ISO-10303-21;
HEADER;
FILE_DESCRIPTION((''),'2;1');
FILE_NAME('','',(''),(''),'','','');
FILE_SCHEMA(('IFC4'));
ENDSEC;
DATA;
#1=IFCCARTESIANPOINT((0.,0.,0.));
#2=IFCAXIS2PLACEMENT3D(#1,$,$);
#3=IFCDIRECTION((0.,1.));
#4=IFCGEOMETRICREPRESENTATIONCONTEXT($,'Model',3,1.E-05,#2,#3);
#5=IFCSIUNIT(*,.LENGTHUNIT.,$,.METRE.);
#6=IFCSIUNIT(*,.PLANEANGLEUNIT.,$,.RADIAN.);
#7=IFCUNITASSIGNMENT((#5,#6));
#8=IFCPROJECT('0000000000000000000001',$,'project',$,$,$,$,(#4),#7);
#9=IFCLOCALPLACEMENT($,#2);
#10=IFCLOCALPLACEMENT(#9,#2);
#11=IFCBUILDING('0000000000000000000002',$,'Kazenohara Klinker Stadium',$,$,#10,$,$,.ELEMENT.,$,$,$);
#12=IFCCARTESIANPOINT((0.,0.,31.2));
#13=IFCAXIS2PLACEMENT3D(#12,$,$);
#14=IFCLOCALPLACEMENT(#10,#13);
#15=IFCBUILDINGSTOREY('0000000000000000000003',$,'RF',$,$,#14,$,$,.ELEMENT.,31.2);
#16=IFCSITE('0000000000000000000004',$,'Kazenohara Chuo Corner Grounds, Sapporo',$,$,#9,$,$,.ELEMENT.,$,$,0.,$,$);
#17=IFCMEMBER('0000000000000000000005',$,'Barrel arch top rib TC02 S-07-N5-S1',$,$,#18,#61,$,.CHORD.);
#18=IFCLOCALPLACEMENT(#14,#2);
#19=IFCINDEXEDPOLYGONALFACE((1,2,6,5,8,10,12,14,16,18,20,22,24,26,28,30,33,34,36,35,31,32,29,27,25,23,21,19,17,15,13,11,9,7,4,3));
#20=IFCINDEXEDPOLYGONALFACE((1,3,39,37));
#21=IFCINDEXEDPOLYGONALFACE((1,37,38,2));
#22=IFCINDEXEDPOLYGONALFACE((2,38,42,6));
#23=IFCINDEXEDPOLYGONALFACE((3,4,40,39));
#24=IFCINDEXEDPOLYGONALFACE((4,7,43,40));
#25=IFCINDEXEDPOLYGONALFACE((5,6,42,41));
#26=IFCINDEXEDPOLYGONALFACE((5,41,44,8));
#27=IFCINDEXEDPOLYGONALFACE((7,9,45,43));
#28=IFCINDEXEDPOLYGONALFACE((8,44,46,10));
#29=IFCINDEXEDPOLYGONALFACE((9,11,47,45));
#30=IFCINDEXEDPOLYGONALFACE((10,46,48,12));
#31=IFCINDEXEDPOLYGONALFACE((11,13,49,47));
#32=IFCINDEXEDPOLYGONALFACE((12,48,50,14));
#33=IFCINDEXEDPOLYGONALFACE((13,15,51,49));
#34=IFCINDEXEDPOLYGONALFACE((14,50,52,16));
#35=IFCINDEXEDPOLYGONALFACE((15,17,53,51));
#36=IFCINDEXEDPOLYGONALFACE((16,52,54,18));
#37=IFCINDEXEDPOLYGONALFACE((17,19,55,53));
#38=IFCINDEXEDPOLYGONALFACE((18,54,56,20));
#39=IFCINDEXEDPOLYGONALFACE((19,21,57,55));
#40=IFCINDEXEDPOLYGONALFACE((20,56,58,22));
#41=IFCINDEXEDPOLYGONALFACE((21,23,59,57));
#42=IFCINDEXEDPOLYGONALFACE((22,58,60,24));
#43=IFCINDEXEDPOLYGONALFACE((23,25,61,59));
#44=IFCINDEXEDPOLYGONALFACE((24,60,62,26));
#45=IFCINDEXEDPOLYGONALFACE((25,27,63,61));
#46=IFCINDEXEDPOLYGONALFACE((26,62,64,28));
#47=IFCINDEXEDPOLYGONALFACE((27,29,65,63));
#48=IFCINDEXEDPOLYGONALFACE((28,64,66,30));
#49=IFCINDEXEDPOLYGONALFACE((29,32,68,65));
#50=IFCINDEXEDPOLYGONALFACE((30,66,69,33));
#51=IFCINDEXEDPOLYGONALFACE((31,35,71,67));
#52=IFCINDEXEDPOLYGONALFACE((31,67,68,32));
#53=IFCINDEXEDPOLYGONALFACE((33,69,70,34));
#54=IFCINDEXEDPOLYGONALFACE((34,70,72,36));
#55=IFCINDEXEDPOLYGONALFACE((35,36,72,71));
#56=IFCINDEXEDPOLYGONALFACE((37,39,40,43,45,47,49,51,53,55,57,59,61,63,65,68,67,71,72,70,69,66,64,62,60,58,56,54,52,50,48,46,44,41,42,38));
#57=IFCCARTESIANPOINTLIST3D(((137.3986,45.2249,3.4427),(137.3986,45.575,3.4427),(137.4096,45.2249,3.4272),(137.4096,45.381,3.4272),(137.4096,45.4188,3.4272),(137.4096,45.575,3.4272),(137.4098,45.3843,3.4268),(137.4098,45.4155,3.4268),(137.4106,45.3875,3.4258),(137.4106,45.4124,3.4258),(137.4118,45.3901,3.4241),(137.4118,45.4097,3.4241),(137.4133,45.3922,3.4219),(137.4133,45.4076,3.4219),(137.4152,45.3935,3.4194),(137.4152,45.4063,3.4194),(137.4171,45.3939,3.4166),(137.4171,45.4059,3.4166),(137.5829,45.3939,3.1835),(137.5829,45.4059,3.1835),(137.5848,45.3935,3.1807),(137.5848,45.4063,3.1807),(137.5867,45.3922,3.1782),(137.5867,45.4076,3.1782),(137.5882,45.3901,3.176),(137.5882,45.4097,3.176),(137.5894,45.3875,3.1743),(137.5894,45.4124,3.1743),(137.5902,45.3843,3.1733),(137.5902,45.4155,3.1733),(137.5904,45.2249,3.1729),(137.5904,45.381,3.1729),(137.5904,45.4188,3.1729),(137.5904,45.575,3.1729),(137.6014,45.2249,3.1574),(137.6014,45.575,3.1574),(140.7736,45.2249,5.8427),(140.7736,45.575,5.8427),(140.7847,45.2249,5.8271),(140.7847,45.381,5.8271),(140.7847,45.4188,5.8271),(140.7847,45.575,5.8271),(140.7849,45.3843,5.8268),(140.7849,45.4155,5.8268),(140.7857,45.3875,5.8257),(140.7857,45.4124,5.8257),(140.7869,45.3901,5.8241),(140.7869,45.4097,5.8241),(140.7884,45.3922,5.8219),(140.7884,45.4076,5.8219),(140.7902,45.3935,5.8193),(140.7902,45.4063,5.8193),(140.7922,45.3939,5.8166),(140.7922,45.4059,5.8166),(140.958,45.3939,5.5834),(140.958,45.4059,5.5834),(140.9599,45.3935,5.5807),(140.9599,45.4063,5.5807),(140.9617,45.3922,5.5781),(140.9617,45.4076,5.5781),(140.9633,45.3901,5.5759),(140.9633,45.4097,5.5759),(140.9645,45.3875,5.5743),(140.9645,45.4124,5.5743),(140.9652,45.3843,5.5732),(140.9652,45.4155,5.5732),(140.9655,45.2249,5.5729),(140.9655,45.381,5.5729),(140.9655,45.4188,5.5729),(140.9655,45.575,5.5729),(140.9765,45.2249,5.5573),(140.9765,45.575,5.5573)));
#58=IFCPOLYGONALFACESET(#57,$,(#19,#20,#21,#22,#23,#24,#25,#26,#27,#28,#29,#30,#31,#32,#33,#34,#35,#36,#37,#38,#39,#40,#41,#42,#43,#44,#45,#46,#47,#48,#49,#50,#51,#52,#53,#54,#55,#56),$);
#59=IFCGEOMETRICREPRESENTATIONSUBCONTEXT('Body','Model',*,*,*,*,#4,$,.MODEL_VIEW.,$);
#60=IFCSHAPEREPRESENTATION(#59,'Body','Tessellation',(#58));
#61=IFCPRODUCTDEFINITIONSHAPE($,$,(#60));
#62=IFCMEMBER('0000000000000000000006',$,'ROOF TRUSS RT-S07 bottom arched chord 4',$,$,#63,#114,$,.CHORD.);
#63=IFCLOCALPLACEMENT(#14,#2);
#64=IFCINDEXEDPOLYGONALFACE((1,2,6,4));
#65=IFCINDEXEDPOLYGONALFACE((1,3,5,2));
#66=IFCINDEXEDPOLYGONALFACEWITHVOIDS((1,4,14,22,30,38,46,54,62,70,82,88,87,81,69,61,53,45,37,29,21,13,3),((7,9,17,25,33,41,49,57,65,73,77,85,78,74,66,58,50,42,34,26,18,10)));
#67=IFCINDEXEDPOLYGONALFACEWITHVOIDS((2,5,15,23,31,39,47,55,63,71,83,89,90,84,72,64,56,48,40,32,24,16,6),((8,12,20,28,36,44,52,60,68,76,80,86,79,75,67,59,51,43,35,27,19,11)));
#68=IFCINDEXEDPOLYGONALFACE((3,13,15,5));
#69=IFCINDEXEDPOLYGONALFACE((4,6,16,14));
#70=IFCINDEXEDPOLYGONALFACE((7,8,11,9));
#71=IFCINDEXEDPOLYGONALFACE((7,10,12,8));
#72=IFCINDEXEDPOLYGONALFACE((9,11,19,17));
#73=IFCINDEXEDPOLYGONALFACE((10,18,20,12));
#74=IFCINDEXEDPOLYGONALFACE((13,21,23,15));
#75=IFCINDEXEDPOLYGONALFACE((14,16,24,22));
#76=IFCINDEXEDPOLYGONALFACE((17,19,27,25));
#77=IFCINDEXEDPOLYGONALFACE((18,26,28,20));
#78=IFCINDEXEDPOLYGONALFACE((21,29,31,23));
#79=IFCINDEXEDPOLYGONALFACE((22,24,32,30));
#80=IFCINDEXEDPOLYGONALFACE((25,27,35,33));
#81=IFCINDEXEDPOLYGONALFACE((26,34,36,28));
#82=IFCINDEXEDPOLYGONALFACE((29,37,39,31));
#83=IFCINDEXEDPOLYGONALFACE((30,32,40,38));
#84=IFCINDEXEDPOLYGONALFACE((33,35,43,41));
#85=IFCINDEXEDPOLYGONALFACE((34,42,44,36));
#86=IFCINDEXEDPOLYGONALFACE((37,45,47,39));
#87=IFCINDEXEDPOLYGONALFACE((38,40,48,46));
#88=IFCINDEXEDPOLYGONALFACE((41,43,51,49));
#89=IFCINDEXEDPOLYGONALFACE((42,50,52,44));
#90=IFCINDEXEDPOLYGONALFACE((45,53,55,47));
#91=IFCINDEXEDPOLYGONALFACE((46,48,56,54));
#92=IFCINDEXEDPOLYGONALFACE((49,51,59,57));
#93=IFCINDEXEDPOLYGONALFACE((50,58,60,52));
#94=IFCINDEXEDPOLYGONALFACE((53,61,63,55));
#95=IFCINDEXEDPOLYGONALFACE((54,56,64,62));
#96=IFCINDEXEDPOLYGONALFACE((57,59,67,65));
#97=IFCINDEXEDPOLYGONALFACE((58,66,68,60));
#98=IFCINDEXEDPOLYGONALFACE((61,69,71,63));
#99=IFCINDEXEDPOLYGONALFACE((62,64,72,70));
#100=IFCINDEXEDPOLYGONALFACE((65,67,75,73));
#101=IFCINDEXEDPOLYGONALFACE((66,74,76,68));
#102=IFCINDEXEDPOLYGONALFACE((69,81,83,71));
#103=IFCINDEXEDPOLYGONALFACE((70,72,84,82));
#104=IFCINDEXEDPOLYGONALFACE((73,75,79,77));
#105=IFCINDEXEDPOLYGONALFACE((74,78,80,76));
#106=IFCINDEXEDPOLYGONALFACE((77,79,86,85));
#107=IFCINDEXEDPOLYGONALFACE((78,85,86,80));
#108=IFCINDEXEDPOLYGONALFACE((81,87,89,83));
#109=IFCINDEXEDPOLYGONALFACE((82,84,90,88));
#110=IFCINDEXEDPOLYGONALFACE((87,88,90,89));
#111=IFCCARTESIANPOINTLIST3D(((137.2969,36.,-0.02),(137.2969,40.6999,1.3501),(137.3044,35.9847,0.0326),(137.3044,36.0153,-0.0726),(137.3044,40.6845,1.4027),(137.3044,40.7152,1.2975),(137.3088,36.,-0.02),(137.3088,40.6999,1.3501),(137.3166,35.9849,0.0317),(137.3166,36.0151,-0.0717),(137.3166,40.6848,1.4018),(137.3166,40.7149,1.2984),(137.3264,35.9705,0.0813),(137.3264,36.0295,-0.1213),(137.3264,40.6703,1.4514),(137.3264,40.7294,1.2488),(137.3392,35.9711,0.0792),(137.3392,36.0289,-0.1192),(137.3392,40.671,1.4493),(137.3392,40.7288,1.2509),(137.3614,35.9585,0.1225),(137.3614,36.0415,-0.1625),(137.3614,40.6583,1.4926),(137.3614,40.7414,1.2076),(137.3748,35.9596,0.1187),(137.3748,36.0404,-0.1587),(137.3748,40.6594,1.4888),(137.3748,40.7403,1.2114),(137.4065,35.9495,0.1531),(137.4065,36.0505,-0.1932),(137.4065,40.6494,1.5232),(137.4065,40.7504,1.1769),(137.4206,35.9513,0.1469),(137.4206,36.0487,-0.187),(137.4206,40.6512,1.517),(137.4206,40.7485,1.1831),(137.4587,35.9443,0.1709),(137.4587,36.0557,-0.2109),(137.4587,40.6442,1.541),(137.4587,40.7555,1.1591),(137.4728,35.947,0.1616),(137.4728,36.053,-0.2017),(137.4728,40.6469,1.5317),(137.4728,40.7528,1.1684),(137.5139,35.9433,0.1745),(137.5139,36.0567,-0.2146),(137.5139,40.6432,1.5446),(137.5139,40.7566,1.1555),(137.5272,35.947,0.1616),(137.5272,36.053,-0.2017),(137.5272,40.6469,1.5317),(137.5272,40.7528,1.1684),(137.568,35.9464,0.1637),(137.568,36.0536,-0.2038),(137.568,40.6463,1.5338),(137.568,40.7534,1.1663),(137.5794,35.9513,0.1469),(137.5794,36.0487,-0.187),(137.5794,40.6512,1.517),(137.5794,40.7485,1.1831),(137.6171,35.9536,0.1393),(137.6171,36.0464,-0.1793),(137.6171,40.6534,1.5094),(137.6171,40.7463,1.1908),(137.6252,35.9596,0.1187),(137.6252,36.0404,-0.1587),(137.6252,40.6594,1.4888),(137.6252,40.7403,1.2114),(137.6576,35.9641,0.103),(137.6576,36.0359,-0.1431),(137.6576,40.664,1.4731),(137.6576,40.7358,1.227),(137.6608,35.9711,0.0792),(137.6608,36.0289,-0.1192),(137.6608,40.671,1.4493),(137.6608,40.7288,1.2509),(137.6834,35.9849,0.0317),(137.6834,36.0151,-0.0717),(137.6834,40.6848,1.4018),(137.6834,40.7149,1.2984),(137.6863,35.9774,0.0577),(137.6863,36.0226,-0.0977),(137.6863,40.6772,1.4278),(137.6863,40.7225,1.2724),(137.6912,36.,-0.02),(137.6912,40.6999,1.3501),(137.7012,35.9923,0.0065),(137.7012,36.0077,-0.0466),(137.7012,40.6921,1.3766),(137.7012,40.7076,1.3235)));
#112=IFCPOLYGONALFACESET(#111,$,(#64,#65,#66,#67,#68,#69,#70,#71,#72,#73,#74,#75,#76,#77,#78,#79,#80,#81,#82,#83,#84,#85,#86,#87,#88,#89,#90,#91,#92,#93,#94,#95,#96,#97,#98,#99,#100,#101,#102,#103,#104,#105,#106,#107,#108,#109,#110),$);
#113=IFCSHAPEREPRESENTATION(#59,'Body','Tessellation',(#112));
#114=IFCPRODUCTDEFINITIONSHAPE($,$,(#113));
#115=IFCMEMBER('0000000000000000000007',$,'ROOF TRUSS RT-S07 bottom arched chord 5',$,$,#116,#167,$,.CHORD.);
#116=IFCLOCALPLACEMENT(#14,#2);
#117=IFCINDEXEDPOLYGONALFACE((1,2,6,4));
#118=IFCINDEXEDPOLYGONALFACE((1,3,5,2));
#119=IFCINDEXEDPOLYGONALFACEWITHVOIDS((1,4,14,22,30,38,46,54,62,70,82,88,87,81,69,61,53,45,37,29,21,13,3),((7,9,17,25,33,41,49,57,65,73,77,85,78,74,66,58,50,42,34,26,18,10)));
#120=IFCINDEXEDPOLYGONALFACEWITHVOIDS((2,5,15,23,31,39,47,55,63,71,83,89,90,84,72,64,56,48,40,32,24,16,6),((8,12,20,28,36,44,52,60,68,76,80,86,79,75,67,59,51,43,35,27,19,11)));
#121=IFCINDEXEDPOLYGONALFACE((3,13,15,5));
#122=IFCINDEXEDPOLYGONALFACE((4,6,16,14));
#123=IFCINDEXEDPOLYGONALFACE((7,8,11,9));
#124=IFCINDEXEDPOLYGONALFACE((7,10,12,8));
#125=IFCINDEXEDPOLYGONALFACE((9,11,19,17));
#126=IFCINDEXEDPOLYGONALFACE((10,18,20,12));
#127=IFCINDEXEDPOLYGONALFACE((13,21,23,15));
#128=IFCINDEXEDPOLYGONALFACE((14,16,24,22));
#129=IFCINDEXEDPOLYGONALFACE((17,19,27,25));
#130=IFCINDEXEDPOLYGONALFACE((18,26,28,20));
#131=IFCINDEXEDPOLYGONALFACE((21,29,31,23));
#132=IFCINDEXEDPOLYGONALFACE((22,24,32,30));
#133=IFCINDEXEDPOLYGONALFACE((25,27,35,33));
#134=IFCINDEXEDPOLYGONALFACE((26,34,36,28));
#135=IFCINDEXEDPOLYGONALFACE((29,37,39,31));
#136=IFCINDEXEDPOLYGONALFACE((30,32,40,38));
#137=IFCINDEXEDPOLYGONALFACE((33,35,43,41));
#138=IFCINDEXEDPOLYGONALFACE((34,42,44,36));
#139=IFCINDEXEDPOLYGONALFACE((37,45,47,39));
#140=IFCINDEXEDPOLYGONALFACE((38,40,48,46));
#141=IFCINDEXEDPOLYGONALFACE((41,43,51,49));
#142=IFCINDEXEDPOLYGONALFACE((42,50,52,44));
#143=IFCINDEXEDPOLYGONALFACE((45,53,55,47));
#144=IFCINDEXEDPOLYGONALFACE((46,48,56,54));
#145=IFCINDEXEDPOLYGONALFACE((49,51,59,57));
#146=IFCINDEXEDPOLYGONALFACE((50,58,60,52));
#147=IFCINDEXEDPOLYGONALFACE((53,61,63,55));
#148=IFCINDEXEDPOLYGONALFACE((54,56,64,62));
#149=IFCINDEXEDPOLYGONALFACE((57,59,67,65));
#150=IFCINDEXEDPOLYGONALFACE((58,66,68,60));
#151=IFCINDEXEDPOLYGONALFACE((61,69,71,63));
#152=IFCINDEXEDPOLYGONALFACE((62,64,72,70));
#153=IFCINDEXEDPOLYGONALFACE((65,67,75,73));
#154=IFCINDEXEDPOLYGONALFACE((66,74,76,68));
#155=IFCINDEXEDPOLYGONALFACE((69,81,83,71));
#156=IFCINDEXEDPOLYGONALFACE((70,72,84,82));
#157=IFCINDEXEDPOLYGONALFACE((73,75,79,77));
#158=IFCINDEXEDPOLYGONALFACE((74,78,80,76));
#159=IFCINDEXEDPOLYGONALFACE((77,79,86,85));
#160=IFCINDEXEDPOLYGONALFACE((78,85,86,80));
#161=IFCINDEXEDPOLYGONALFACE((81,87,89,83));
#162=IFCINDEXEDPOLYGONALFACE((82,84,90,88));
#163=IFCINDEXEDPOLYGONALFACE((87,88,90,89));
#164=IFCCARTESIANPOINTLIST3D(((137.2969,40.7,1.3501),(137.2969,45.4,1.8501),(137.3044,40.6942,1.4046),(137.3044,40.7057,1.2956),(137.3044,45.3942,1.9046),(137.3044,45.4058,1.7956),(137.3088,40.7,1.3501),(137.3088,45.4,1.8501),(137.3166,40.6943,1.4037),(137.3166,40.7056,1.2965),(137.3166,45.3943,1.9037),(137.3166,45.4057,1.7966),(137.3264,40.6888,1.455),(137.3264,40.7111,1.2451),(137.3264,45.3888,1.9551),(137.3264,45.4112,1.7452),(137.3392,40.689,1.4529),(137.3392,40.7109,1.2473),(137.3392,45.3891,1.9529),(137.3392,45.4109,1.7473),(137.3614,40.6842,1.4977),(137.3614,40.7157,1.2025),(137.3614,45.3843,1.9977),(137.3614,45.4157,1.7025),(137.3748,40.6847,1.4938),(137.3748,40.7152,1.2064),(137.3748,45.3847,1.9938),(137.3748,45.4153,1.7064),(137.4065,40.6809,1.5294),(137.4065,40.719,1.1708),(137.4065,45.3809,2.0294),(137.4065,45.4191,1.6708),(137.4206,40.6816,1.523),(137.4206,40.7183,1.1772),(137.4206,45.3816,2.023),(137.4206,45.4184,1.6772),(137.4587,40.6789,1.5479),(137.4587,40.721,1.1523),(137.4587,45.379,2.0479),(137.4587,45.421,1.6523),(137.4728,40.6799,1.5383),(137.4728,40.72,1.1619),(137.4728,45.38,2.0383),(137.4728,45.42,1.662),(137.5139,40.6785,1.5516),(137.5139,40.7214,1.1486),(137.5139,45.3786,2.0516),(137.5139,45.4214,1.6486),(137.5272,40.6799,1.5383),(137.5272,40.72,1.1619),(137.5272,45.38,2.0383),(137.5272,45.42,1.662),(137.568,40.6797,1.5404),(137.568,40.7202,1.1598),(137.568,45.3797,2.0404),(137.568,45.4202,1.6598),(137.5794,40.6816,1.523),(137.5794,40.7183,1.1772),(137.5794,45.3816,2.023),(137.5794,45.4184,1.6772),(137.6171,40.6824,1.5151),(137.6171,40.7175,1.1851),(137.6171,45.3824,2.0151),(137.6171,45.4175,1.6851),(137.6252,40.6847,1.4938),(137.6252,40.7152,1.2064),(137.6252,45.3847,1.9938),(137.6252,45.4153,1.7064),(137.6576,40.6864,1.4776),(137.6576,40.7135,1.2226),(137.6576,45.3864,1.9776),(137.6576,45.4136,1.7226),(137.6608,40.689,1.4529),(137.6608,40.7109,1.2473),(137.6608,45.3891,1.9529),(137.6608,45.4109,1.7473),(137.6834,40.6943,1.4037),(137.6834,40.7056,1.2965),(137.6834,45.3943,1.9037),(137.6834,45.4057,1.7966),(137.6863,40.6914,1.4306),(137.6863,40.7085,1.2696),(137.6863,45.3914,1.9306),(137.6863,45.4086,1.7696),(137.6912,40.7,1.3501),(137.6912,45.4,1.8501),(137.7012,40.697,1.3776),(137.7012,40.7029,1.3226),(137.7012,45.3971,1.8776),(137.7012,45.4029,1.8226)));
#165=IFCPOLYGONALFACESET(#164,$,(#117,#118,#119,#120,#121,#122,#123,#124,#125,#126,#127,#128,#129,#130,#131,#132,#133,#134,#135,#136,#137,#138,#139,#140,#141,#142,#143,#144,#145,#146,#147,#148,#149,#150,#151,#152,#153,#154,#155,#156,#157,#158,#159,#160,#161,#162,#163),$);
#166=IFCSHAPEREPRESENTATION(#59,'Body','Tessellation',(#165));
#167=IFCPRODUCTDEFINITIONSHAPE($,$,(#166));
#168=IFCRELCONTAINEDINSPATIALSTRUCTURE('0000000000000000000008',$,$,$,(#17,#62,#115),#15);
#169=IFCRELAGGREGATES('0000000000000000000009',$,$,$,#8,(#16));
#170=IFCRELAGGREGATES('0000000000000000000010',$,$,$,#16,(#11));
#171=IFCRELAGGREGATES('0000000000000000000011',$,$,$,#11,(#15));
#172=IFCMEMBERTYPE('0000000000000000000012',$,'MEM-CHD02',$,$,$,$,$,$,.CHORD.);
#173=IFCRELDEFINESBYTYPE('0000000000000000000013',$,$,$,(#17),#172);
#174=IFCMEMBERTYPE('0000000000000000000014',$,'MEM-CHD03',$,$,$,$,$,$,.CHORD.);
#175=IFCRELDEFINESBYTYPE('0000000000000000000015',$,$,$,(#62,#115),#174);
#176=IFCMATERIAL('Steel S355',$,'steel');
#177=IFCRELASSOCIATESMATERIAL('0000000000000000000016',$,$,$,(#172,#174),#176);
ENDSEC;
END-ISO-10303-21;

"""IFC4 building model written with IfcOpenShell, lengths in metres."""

from ifc_helpers import new_model, si_unit, direction, frame, origin, origin_2d, place, context, subcontext, project, spatial, hollow_circle, i_section, extrude, material, material_profile, profile_set, type_object, element, save


model = new_model("IFC4")

# Units and contexts
model_context = context("Model", 3, precision=1e-05, world=origin(), true_north=direction((0.0, 1.0)))
body_context = subcontext(model_context, "Body", "Model", "MODEL_VIEW")
ifc_project = project(units=[si_unit("LENGTHUNIT", "METRE"), si_unit("PLANEANGLEUNIT", "RADIAN")], contexts=[model_context])

# Site, building, storey
site_placement = place(None, origin())
site = spatial("IfcSite", under=ifc_project, at=site_placement, Name="Kazenohara Chuo Corner Grounds, Sapporo", CompositionType="ELEMENT", RefElevation=0.0)
building_placement = place(site_placement, origin())
building = spatial("IfcBuilding", under=site, at=building_placement, Name="Kazenohara Klinker Stadium", CompositionType="ELEMENT")
storey_placement = place(building_placement, frame((0.0, 0.0, 31.2)))
storey = spatial("IfcBuildingStorey", under=building, at=storey_placement, Name="RF", CompositionType="ELEMENT", Elevation=31.2)

# Members
ifc_material_1 = material(Name="Steel S355", Category="steel")
ifc_material_profile_1 = material_profile(ifc_material_1, i_section(OverallWidth=0.3501, OverallDepth=0.3501, WebThickness=0.012, FlangeThickness=0.019, FilletRadius=0.0129, at=origin_2d()), Name="H-350x350x12x19")
ifc_profile_set_1 = profile_set([ifc_material_profile_1], Name="Steel S355")
member_type_1 = type_object("IfcMemberType", Name="MEM-CHD02", PredefinedType="CHORD", material=ifc_profile_set_1)
for number, where, z_axis, x_axis, name in (
    (1, (137.5, 45.3999, 3.3), (0.814966, 0.0, 0.579508), (0.0, 1.0, 0.0), "Barrel arch top rib TC02 S-07-N5-S1"),
):
    element("IfcMember", number, at=place(storey_placement, frame(where, z_axis=z_axis, x_axis=x_axis)), inside=storey, type_object=member_type_1, Name=name, PredefinedType="CHORD", context=body_context, shape_type="SweptSolid", body=[
        extrude(i_section(OverallWidth=0.3501, OverallDepth=0.3501, WebThickness=0.012, FlangeThickness=0.019, FilletRadius=0.0129, at=origin_2d()), origin(), (0.0, 0.0, 1.0), 4.1414),
    ])
ifc_material_profile_2 = material_profile(ifc_material_1, hollow_circle(Radius=0.2031, WallThickness=0.012, at=origin_2d()), Name="CHS-406.4x12")
ifc_profile_set_2 = profile_set([ifc_material_profile_2], Name="Steel S355")
member_type_2 = type_object("IfcMemberType", Name="MEM-CHD03", PredefinedType="CHORD", material=ifc_profile_set_2)
member_1_placement = place(storey_placement, frame((137.5, 36.0, -0.02), z_axis=(0.0, 0.960039, 0.279868), x_axis=(-1.0, 0.0, 0.0)))
element("IfcMember", 2, at=member_1_placement, inside=storey, type_object=member_type_2, Name="ROOF TRUSS RT-S07 bottom arched chord 4", PredefinedType="CHORD", context=body_context, shape_type="SweptSolid", body=[
    extrude(hollow_circle(Radius=0.2031, WallThickness=0.012, at=origin_2d()), origin(), (0.0, 0.0, 1.0), 4.8955),
])
member_2_placement = place(storey_placement, frame((137.5, 40.7, 1.3501), z_axis=(0.0, 0.994389, 0.105787), x_axis=(-1.0, 0.0, 0.0)))
element("IfcMember", 3, at=member_2_placement, inside=storey, type_object=member_type_2, Name="ROOF TRUSS RT-S07 bottom arched chord 5", PredefinedType="CHORD", context=body_context, shape_type="SweptSolid", body=[
    extrude(hollow_circle(Radius=0.2031, WallThickness=0.012, at=origin_2d()), origin(), (0.0, 0.0, 1.0), 4.7266),
])

save(model, "model.ifc")
